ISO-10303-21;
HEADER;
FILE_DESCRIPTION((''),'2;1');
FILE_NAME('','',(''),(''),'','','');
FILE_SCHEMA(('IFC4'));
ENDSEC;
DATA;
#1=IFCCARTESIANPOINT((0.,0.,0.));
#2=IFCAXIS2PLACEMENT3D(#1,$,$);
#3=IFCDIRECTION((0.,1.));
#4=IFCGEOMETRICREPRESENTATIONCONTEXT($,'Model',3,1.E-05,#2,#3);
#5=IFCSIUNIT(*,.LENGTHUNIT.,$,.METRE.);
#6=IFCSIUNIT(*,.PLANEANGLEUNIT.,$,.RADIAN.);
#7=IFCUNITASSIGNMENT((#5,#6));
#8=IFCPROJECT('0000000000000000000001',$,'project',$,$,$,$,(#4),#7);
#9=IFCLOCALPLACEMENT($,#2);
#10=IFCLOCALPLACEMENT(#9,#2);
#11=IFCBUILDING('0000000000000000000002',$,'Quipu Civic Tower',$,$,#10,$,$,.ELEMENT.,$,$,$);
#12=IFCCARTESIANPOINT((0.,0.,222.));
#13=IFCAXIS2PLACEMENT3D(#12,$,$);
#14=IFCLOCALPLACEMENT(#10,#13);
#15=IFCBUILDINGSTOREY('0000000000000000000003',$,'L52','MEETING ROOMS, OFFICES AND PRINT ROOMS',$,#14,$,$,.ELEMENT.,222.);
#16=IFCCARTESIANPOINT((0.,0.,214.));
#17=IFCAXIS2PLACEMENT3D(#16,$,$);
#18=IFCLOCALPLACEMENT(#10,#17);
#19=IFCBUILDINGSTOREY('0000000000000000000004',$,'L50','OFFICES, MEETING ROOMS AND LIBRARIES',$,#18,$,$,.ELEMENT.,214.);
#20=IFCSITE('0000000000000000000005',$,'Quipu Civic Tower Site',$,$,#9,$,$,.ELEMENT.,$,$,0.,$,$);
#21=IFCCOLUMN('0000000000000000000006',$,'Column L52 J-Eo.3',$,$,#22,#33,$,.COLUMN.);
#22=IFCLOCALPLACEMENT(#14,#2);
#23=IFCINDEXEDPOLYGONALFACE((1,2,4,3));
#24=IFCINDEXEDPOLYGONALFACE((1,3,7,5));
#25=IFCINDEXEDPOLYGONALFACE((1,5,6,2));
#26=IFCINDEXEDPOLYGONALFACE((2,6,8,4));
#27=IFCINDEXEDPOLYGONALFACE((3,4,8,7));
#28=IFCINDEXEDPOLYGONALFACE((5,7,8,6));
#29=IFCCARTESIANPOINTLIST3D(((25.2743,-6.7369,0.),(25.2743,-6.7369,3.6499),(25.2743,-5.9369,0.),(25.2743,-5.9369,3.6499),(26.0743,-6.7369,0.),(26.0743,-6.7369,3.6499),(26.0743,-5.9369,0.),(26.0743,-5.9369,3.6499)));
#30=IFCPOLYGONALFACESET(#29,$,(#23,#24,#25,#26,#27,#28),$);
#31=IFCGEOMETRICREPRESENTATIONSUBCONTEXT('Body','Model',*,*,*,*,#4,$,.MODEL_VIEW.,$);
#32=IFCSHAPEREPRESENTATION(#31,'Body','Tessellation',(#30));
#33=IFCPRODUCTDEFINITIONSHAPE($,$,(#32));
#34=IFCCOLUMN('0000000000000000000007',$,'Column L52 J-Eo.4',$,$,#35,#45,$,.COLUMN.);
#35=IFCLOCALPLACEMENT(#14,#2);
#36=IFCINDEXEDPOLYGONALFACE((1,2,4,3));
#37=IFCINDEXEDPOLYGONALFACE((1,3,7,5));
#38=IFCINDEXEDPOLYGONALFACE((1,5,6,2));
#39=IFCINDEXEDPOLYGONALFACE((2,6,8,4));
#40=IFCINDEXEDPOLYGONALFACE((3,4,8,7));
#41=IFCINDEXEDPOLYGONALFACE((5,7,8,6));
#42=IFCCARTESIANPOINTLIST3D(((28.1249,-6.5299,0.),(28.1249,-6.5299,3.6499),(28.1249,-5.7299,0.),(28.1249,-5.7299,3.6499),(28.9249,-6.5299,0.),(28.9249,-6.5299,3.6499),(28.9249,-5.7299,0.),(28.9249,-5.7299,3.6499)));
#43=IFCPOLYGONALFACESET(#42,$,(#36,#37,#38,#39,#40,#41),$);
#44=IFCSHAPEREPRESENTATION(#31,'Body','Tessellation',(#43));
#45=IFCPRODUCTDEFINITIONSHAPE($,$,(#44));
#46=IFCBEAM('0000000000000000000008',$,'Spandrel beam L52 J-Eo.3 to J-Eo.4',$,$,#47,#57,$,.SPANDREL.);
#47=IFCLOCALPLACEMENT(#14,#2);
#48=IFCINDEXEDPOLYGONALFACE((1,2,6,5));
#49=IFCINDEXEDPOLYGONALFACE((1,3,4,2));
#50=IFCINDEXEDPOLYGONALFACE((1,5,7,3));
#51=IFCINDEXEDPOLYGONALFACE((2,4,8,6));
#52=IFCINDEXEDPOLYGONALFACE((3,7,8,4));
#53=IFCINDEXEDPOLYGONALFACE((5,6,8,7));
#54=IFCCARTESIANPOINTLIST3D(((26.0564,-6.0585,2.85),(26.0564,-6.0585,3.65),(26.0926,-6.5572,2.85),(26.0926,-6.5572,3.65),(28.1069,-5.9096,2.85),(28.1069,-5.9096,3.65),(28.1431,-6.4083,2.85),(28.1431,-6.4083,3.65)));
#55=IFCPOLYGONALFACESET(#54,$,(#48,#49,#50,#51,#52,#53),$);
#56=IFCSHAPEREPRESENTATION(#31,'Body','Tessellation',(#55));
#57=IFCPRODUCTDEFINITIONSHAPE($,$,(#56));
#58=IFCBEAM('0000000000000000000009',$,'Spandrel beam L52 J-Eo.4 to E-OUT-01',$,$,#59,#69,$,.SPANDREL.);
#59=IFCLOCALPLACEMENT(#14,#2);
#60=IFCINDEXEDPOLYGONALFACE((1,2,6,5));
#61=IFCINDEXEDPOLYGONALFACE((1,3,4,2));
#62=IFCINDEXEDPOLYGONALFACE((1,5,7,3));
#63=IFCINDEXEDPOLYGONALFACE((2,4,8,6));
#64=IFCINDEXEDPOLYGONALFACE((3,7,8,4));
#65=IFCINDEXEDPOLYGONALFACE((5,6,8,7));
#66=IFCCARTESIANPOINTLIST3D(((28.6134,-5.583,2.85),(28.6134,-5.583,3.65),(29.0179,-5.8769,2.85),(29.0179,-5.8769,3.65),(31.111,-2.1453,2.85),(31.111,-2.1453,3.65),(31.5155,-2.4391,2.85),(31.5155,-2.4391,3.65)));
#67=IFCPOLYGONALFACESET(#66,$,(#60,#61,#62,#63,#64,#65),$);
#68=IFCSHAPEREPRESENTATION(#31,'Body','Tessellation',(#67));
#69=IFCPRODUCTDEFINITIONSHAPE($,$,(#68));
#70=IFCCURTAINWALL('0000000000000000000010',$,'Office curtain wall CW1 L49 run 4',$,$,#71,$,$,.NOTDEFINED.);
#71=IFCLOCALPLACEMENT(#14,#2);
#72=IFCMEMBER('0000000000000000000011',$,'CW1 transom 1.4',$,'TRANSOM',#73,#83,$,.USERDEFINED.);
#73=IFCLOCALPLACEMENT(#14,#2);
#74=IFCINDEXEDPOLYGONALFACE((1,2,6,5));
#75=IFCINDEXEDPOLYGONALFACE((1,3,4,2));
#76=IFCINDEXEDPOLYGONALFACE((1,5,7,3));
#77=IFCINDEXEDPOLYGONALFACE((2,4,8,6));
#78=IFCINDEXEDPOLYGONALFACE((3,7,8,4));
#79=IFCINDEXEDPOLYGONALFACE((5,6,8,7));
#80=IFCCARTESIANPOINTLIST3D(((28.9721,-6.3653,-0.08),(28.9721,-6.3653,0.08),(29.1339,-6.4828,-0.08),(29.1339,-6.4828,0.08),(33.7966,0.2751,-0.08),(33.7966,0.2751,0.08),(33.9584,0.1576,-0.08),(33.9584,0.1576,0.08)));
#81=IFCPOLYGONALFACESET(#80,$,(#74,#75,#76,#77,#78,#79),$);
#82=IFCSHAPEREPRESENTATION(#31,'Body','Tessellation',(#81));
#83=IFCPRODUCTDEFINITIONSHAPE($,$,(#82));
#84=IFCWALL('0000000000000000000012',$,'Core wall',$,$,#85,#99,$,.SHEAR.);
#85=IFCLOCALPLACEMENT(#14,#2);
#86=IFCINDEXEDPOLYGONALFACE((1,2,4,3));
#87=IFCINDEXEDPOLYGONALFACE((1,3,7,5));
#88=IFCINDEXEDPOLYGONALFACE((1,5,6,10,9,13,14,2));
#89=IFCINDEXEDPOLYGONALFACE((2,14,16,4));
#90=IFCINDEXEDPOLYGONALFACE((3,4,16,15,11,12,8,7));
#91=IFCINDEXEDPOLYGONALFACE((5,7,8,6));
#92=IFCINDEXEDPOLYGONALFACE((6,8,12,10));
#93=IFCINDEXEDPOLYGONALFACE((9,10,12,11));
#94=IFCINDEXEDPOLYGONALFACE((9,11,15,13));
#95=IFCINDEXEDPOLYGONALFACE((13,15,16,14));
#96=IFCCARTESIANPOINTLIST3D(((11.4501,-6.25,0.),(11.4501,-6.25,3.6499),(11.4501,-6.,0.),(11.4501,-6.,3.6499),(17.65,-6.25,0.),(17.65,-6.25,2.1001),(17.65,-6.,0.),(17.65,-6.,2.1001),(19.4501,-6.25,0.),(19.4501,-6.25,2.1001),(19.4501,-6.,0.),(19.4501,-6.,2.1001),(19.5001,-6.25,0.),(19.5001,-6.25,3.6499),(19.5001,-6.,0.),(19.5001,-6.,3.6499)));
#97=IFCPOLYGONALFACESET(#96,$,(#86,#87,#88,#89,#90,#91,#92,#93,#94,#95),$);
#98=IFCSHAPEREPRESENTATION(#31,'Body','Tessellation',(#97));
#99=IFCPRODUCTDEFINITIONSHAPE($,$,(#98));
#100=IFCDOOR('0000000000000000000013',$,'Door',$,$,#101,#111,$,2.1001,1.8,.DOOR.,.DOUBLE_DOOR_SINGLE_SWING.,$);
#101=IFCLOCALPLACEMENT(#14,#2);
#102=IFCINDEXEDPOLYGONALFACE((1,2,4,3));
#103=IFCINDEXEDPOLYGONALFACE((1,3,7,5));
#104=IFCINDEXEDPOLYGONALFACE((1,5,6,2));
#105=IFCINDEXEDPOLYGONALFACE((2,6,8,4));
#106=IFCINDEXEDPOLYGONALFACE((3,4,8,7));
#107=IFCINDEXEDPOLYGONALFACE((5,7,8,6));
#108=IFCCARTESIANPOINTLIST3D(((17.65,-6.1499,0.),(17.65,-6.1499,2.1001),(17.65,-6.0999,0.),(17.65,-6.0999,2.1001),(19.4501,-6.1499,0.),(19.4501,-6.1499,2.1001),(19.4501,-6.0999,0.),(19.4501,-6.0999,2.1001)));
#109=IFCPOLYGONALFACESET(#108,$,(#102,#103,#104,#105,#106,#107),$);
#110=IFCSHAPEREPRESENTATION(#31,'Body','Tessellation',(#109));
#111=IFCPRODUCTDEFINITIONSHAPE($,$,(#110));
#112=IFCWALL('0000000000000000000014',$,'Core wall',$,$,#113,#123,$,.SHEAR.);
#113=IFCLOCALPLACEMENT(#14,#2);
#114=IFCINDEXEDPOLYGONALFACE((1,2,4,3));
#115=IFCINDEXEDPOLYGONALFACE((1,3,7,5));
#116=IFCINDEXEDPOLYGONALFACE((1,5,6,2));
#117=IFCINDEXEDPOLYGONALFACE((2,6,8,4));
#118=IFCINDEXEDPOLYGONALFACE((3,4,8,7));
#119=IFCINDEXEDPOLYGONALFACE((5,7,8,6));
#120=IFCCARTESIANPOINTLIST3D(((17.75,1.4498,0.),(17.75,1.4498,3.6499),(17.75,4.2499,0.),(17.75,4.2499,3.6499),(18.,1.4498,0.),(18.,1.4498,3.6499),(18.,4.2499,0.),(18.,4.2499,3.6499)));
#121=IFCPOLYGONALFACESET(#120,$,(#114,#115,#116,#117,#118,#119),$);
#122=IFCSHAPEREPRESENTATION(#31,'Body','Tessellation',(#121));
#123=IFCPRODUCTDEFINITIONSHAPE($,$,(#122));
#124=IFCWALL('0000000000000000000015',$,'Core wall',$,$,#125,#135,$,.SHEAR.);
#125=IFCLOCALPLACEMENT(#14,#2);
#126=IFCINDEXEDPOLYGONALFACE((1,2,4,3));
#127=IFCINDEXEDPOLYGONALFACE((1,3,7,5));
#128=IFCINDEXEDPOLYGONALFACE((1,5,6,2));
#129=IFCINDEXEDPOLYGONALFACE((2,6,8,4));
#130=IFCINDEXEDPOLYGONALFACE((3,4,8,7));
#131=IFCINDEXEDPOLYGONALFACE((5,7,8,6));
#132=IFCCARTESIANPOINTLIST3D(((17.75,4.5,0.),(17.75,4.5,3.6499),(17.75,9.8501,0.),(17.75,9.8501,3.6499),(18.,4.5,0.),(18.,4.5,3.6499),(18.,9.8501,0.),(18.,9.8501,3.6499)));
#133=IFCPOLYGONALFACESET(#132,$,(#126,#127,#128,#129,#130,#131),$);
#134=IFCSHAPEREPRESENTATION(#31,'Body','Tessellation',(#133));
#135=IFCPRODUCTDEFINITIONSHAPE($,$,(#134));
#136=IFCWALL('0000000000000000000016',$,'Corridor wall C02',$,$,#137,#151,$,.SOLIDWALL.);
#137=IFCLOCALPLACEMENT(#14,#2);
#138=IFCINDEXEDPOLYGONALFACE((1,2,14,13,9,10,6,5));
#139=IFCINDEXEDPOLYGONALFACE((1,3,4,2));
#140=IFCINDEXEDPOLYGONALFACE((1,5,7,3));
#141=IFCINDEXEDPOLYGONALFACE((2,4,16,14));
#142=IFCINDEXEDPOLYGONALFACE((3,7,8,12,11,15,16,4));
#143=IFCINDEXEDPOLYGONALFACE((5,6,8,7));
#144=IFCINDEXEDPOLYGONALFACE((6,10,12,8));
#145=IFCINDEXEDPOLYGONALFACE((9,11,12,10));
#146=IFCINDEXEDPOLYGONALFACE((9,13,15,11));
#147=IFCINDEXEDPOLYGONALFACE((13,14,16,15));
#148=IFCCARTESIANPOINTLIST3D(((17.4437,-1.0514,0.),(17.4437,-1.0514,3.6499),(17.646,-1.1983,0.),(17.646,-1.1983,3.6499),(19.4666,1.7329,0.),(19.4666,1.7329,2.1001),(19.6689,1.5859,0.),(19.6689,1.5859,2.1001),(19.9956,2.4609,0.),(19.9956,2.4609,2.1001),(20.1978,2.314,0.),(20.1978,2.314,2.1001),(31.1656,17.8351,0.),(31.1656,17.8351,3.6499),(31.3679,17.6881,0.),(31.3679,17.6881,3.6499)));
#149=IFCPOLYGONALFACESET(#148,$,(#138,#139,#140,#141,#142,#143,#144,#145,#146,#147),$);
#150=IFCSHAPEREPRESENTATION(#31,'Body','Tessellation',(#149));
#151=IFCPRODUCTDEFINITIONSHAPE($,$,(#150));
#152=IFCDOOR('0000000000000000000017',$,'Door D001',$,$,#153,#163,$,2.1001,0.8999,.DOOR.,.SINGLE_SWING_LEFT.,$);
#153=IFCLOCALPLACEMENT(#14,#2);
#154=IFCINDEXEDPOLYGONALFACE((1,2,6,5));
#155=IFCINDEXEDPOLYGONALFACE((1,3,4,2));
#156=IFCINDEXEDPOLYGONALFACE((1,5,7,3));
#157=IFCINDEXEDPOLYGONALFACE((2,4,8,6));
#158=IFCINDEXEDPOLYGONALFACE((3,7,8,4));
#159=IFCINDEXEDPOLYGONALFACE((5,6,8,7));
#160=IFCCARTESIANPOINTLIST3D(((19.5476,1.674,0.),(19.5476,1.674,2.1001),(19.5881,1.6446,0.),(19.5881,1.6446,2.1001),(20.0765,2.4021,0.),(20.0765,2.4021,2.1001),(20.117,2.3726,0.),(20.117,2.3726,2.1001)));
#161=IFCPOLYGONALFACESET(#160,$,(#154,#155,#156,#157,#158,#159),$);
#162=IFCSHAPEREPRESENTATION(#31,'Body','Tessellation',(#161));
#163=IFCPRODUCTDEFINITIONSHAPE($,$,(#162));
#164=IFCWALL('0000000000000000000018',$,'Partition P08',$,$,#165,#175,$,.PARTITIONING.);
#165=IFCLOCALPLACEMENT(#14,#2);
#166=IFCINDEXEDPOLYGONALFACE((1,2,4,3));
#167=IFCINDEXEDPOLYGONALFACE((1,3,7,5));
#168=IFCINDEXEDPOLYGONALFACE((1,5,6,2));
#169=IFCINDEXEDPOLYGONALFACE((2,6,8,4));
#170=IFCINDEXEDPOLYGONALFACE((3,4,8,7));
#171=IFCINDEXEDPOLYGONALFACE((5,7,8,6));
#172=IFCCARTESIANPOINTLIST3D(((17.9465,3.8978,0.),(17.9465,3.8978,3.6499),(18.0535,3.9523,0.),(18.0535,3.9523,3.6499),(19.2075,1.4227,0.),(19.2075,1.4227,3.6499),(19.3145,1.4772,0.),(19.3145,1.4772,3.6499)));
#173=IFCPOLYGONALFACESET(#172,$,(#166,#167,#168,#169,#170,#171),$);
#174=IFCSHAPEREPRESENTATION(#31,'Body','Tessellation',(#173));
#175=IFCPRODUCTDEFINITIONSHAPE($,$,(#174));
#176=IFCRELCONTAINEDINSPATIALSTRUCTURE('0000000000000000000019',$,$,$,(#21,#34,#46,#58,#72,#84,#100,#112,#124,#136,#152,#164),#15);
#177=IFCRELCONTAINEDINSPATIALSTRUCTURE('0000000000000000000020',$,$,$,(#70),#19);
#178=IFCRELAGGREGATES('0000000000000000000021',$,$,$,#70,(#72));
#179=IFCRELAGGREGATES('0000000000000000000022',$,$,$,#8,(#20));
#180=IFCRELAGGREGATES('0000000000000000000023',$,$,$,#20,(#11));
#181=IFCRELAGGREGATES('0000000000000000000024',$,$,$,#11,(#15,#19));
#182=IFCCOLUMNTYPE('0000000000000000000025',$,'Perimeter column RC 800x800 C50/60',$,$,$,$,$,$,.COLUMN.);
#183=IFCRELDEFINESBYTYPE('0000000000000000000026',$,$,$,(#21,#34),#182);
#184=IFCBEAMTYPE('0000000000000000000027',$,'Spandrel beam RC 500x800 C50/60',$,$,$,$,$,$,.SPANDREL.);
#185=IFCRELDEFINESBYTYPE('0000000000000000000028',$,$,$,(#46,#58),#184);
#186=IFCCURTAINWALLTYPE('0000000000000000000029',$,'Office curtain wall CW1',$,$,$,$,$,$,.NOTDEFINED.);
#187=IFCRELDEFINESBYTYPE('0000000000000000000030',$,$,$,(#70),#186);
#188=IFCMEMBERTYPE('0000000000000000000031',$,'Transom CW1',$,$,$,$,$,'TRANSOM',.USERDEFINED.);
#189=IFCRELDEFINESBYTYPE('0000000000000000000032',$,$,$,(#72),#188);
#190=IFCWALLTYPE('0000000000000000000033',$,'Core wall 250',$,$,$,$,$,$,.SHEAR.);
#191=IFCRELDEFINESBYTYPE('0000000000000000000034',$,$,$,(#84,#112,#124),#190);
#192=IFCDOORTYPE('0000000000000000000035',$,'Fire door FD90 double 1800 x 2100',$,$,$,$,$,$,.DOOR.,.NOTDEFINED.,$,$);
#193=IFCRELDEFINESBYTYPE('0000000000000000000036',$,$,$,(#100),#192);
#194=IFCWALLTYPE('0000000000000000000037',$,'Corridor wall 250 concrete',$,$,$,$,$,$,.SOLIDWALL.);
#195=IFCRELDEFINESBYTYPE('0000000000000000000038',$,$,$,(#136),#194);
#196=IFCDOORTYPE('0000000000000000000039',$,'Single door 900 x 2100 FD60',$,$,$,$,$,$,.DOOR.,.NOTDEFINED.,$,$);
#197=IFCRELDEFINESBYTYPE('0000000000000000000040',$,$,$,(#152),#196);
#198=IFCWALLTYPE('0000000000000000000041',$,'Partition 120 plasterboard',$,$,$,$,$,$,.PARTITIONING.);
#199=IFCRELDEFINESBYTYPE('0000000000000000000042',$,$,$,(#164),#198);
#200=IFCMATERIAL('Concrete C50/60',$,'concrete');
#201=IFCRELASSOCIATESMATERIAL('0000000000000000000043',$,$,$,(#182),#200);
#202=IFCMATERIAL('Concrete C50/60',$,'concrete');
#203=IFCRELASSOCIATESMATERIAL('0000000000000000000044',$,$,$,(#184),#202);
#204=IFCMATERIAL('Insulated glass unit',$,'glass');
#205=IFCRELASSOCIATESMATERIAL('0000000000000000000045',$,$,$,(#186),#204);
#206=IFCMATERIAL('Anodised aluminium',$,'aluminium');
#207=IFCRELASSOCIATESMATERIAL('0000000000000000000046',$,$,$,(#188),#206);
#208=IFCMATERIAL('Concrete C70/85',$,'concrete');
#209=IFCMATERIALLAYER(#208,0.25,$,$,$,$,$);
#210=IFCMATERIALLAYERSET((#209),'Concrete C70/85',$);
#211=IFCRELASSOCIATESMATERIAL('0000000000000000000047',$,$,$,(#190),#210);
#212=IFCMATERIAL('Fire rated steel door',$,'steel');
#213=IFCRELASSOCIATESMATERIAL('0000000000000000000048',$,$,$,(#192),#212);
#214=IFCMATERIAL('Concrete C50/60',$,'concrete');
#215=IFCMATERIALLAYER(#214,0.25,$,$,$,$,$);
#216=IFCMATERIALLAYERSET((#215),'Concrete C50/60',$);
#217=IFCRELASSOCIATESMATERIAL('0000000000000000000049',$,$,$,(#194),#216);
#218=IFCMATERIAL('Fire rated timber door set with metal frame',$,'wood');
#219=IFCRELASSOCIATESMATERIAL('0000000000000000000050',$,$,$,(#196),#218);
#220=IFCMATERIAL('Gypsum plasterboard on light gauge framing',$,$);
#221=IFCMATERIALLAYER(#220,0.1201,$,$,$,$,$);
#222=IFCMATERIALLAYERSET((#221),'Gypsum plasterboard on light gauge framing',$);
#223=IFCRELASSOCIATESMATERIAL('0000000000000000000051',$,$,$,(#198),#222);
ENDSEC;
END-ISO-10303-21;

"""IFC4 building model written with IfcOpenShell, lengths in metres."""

from ifc_helpers import new_model, si_unit, direction, frame, frame_2d, origin, origin_2d, place, context, subcontext, project, spatial, rectangle, extrude, material, layer, layer_set, material_profile, profile_set, type_object, element, fill, aggregate, save


model = new_model("IFC4")

# Units and contexts
model_context = context("Model", 3, precision=1e-05, world=origin(), true_north=direction((0.0, 1.0)))
body_context = subcontext(model_context, "Body", "Model", "MODEL_VIEW")
ifc_project = project(units=[si_unit("LENGTHUNIT", "METRE"), si_unit("PLANEANGLEUNIT", "RADIAN")], contexts=[model_context])

# Site, building, storey
site_placement = place(None, origin())
site = spatial("IfcSite", under=ifc_project, at=site_placement, Name="Quipu Civic Tower Site", CompositionType="ELEMENT", RefElevation=0.0)
building_placement = place(site_placement, origin())
building = spatial("IfcBuilding", under=site, at=building_placement, Name="Quipu Civic Tower", CompositionType="ELEMENT")
storey_1_placement = place(building_placement, frame((0.0, 0.0, 222.0)))
storey_1 = spatial("IfcBuildingStorey", under=building, at=storey_1_placement, Name="L52", Description="MEETING ROOMS, OFFICES AND PRINT ROOMS", CompositionType="ELEMENT", Elevation=222.0)

# Columns
ifc_material_1 = material(Name="Concrete C50/60", Category="concrete")
ifc_material_profile_1 = material_profile(ifc_material_1, rectangle(XDim=0.8, YDim=0.8, at=origin_2d()), Name="RC800x800")
ifc_profile_set_1 = profile_set([ifc_material_profile_1], Name="Concrete C50/60")
column_type = type_object("IfcColumnType", Name="Perimeter column RC 800x800 C50/60", PredefinedType="COLUMN", material=ifc_profile_set_1)
for number, where, z_axis, x_axis, name in (
    (1, (25.6743, -6.3369, 0.0), (0.0, 0.0, 1.0), (1.0, 0.0, 0.0), "Column L52 J-Eo.3"),
    (2, (28.5249, -6.1299, 0.0), (0.0, 0.0, 1.0), (1.0, 0.0, 0.0), "Column L52 J-Eo.4"),
):
    element("IfcColumn", number, at=place(storey_1_placement, frame(where, z_axis=z_axis, x_axis=x_axis)), inside=storey_1, type_object=column_type, Name=name, PredefinedType="COLUMN", context=body_context, shape_type="SweptSolid", body=[
        extrude(rectangle(XDim=0.8, YDim=0.8, at=origin_2d()), origin(), (0.0, 0.0, 1.0), 3.6499),
    ])

# Beams
ifc_material_2 = material(Name="Concrete C50/60", Category="concrete")
ifc_material_profile_2 = material_profile(ifc_material_2, rectangle(XDim=0.5, YDim=0.8, at=origin_2d()), Name="RC500x800")
ifc_profile_set_2 = profile_set([ifc_material_profile_2], Name="Concrete C50/60")
beam_type = type_object("IfcBeamType", Name="Spandrel beam RC 500x800 C50/60", PredefinedType="SPANDREL", material=ifc_profile_set_2)
beam_1_placement = place(storey_1_placement, frame((26.0745, -6.3079, 3.25), z_axis=(0.997373, 0.072437, 0.0), x_axis=(-0.072437, 0.997373, 0.0)))
element("IfcBeam", 3, at=beam_1_placement, inside=storey_1, type_object=beam_type, Name="Spandrel beam L52 J-Eo.3 to J-Eo.4", PredefinedType="SPANDREL", context=body_context, shape_type="SweptSolid", body=[
    extrude(rectangle(XDim=0.5, YDim=0.8, at=origin_2d()), origin(), (0.0, 0.0, 1.0), 2.0559),
])
beam_2_placement = place(storey_1_placement, frame((28.8157, -5.73, 3.25), z_axis=(0.587769, 0.809029, 0.0), x_axis=(-0.809029, 0.587769, 0.0)))
element("IfcBeam", 4, at=beam_2_placement, inside=storey_1, type_object=beam_type, Name="Spandrel beam L52 J-Eo.4 to E-OUT-01", PredefinedType="SPANDREL", context=body_context, shape_type="SweptSolid", body=[
    extrude(rectangle(XDim=0.5, YDim=0.8, at=origin_2d()), origin(), (0.0, 0.0, 1.0), 4.2493),
])

# Shared definitions
storey_2_placement = place(building_placement, frame((0.0, 0.0, 214.0)))
storey_2 = spatial("IfcBuildingStorey", under=building, at=storey_2_placement, Name="L50", Description="OFFICES, MEETING ROOMS AND LIBRARIES", CompositionType="ELEMENT", Elevation=214.0)

# Curtain wall, member
ifc_material_3 = material(Name="Insulated glass unit", Category="glass")
curtain_wall_type = type_object("IfcCurtainWallType", Name="Office curtain wall CW1", PredefinedType="NOTDEFINED", material=ifc_material_3)
curtain_wall_placement = place(storey_2_placement, origin())
curtain_wall = element("IfcCurtainWall", 5, at=curtain_wall_placement, inside=storey_2, type_object=curtain_wall_type, Name="Office curtain wall CW1 L49 run 4", PredefinedType="NOTDEFINED")
ifc_material_4 = material(Name="Anodised aluminium", Category="aluminium")
ifc_material_profile_3 = material_profile(ifc_material_4, rectangle(XDim=0.2, YDim=0.1599, at=origin_2d()), Name="RECT 200x160")
ifc_profile_set_3 = profile_set([ifc_material_profile_3], Name="Anodised aluminium")
member_type = type_object("IfcMemberType", Name="Transom CW1", ElementType="TRANSOM", PredefinedType="USERDEFINED", material=ifc_profile_set_3)
member_placement = place(storey_1_placement, frame((29.053, -6.4241, 0.0), z_axis=(0.587781, 0.80902, 0.0), x_axis=(-0.80902, 0.587781, 0.0)))
member = element("IfcMember", 6, at=member_placement, inside=storey_1, type_object=member_type, Name="CW1 transom 1.4", ObjectType="TRANSOM", PredefinedType="USERDEFINED", context=body_context, shape_type="SweptSolid", body=[
    extrude(rectangle(XDim=0.2, YDim=0.1599, at=origin_2d()), origin(), (0.0, 0.0, 1.0), 8.208),
])
aggregate(curtain_wall, [member])

# Wall, opening, door
ifc_material_5 = material(Name="Concrete C70/85", Category="concrete")
ifc_layer_1 = layer(ifc_material_5, 0.25)
ifc_layer_set_1 = layer_set([ifc_layer_1], Name="Concrete C70/85")
wall_type_1 = type_object("IfcWallType", Name="Core wall 250", PredefinedType="SHEAR", material=ifc_layer_set_1)
wall_1_placement = place(storey_1_placement, frame((19.5, -6.125, 0.0), z_axis=(0.0, 0.0, 1.0), x_axis=(-1.0, 0.0, 0.0)))
wall_1 = element("IfcWall", 7, at=wall_1_placement, inside=storey_1, type_object=wall_type_1, Name="Core wall", PredefinedType="SHEAR", context=body_context, shape_type="SweptSolid", body=[
    extrude(rectangle(XDim=8.05, YDim=0.25, at=frame_2d((4.0249, 0.0))), origin(), (0.0, 0.0, 1.0), 3.6499),
])
opening_1_placement = place(wall_1_placement, frame((0.05, 0.0, 0.0)))
opening_1 = element("IfcOpeningElement", 8, at=opening_1_placement, cuts=wall_1, PredefinedType="OPENING", context=body_context, shape_type="SweptSolid", body=[
    extrude(rectangle(XDim=1.8, YDim=2.1001, at=frame_2d((0.8999, 1.05))), frame((0.0, 0.135, 0.0), z_axis=(0.0, -1.0, 0.0), x_axis=(1.0, 0.0, 0.0)), (0.0, 0.0, 1.0), 0.27),
])
ifc_material_6 = material(Name="Fire rated steel door", Category="steel")
door_type_1 = type_object("IfcDoorType", Name="Fire door FD90 double 1800 x 2100", OperationType="NOTDEFINED", PredefinedType="DOOR", material=ifc_material_6)
door_1_placement = place(opening_1_placement, origin())
door_1 = element("IfcDoor", 9, at=door_1_placement, inside=storey_1, type_object=door_type_1, Name="Door", OperationType="DOUBLE_DOOR_SINGLE_SWING", OverallHeight=2.1001, OverallWidth=1.8, PredefinedType="DOOR", context=body_context, shape_type="SweptSolid", body=[
    extrude(rectangle(XDim=1.8, YDim=2.1001, at=frame_2d((0.8999, 1.05))), frame((0.0, 0.0249, 0.0), z_axis=(0.0, -1.0, 0.0), x_axis=(1.0, 0.0, 0.0)), (0.0, 0.0, 1.0), 0.05),
])
fill(opening_1, door_1)

# Walls
wall_2_placement = place(storey_1_placement, frame((17.875, 1.45, 0.0), z_axis=(0.0, 0.0, 1.0), x_axis=(0.0, 1.0, 0.0)))
element("IfcWall", 10, at=wall_2_placement, inside=storey_1, type_object=wall_type_1, Name="Core wall", PredefinedType="SHEAR", context=body_context, shape_type="SweptSolid", body=[
    extrude(rectangle(XDim=2.8, YDim=0.25, at=frame_2d((1.3999, 0.0))), origin(), (0.0, 0.0, 1.0), 3.6499),
])
wall_3_placement = place(storey_1_placement, frame((17.875, 4.5, 0.0), z_axis=(0.0, 0.0, 1.0), x_axis=(0.0, 1.0, 0.0)))
element("IfcWall", 11, at=wall_3_placement, inside=storey_1, type_object=wall_type_1, Name="Core wall", PredefinedType="SHEAR", context=body_context, shape_type="SweptSolid", body=[
    extrude(rectangle(XDim=5.3501, YDim=0.25, at=frame_2d((2.675, 0.0))), origin(), (0.0, 0.0, 1.0), 3.6499),
])

# Wall, opening, door
ifc_material_7 = material(Name="Concrete C50/60", Category="concrete")
ifc_layer_2 = layer(ifc_material_7, 0.25)
ifc_layer_set_2 = layer_set([ifc_layer_2], Name="Concrete C50/60")
wall_type_2 = type_object("IfcWallType", Name="Corridor wall 250 concrete", PredefinedType="SOLIDWALL", material=ifc_layer_set_2)
wall_4_placement = place(storey_1_placement, frame((17.5449, -1.1248, 0.0), z_axis=(0.0, 0.0, 1.0), x_axis=(0.587788, 0.809015, 0.0)))
wall_4 = element("IfcWall", 12, at=wall_4_placement, inside=storey_1, type_object=wall_type_2, Name="Corridor wall C02", PredefinedType="SOLIDWALL", context=body_context, shape_type="SweptSolid", body=[
    extrude(rectangle(XDim=23.345, YDim=0.25, at=frame_2d((11.6724, 0.0))), origin(), (0.0, 0.0, 1.0), 3.6499),
])
opening_2_placement = place(wall_4_placement, frame((3.4414, 0.0, 0.0)))
opening_2 = element("IfcOpeningElement", 13, at=opening_2_placement, cuts=wall_4, PredefinedType="OPENING", context=body_context, shape_type="SweptSolid", body=[
    extrude(rectangle(XDim=0.8999, YDim=2.1001, at=frame_2d((0.45, 1.05))), frame((0.0, 0.135, 0.0), z_axis=(0.0, -1.0, 0.0), x_axis=(1.0, 0.0, 0.0)), (0.0, 0.0, 1.0), 0.27),
])
ifc_material_8 = material(Name="Fire rated timber door set with metal frame", Category="wood")
door_type_2 = type_object("IfcDoorType", Name="Single door 900 x 2100 FD60", OperationType="NOTDEFINED", PredefinedType="DOOR", material=ifc_material_8)
door_2_placement = place(opening_2_placement, origin())
door_2 = element("IfcDoor", 14, at=door_2_placement, inside=storey_1, type_object=door_type_2, Name="Door D001", OperationType="SINGLE_SWING_LEFT", OverallHeight=2.1001, OverallWidth=0.8999, PredefinedType="DOOR", context=body_context, shape_type="SweptSolid", body=[
    extrude(rectangle(XDim=0.8999, YDim=2.1001, at=frame_2d((0.45, 1.05))), frame((0.0, 0.0249, 0.0), z_axis=(0.0, -1.0, 0.0), x_axis=(1.0, 0.0, 0.0)), (0.0, 0.0, 1.0), 0.05),
])
fill(opening_2, door_2)

# Wall
ifc_material_9 = material(Name="Gypsum plasterboard on light gauge framing")
ifc_layer_3 = layer(ifc_material_9, 0.1201)
ifc_layer_set_3 = layer_set([ifc_layer_3], Name="Gypsum plasterboard on light gauge framing")
wall_type_3 = type_object("IfcWallType", Name="Partition 120 plasterboard", PredefinedType="PARTITIONING", material=ifc_layer_set_3)
wall_5_placement = place(storey_1_placement, frame((18.0, 3.925, 0.0), z_axis=(0.0, 0.0, 1.0), x_axis=(0.453951, -0.891027, 0.0)))
element("IfcWall", 15, at=wall_5_placement, inside=storey_1, type_object=wall_type_3, Name="Partition P08", PredefinedType="PARTITIONING", context=body_context, shape_type="SweptSolid", body=[
    extrude(rectangle(XDim=2.7778, YDim=0.1201, at=frame_2d((1.3889, 0.0))), origin(), (0.0, 0.0, 1.0), 3.6499),
])

save(model, "model.ifc")
